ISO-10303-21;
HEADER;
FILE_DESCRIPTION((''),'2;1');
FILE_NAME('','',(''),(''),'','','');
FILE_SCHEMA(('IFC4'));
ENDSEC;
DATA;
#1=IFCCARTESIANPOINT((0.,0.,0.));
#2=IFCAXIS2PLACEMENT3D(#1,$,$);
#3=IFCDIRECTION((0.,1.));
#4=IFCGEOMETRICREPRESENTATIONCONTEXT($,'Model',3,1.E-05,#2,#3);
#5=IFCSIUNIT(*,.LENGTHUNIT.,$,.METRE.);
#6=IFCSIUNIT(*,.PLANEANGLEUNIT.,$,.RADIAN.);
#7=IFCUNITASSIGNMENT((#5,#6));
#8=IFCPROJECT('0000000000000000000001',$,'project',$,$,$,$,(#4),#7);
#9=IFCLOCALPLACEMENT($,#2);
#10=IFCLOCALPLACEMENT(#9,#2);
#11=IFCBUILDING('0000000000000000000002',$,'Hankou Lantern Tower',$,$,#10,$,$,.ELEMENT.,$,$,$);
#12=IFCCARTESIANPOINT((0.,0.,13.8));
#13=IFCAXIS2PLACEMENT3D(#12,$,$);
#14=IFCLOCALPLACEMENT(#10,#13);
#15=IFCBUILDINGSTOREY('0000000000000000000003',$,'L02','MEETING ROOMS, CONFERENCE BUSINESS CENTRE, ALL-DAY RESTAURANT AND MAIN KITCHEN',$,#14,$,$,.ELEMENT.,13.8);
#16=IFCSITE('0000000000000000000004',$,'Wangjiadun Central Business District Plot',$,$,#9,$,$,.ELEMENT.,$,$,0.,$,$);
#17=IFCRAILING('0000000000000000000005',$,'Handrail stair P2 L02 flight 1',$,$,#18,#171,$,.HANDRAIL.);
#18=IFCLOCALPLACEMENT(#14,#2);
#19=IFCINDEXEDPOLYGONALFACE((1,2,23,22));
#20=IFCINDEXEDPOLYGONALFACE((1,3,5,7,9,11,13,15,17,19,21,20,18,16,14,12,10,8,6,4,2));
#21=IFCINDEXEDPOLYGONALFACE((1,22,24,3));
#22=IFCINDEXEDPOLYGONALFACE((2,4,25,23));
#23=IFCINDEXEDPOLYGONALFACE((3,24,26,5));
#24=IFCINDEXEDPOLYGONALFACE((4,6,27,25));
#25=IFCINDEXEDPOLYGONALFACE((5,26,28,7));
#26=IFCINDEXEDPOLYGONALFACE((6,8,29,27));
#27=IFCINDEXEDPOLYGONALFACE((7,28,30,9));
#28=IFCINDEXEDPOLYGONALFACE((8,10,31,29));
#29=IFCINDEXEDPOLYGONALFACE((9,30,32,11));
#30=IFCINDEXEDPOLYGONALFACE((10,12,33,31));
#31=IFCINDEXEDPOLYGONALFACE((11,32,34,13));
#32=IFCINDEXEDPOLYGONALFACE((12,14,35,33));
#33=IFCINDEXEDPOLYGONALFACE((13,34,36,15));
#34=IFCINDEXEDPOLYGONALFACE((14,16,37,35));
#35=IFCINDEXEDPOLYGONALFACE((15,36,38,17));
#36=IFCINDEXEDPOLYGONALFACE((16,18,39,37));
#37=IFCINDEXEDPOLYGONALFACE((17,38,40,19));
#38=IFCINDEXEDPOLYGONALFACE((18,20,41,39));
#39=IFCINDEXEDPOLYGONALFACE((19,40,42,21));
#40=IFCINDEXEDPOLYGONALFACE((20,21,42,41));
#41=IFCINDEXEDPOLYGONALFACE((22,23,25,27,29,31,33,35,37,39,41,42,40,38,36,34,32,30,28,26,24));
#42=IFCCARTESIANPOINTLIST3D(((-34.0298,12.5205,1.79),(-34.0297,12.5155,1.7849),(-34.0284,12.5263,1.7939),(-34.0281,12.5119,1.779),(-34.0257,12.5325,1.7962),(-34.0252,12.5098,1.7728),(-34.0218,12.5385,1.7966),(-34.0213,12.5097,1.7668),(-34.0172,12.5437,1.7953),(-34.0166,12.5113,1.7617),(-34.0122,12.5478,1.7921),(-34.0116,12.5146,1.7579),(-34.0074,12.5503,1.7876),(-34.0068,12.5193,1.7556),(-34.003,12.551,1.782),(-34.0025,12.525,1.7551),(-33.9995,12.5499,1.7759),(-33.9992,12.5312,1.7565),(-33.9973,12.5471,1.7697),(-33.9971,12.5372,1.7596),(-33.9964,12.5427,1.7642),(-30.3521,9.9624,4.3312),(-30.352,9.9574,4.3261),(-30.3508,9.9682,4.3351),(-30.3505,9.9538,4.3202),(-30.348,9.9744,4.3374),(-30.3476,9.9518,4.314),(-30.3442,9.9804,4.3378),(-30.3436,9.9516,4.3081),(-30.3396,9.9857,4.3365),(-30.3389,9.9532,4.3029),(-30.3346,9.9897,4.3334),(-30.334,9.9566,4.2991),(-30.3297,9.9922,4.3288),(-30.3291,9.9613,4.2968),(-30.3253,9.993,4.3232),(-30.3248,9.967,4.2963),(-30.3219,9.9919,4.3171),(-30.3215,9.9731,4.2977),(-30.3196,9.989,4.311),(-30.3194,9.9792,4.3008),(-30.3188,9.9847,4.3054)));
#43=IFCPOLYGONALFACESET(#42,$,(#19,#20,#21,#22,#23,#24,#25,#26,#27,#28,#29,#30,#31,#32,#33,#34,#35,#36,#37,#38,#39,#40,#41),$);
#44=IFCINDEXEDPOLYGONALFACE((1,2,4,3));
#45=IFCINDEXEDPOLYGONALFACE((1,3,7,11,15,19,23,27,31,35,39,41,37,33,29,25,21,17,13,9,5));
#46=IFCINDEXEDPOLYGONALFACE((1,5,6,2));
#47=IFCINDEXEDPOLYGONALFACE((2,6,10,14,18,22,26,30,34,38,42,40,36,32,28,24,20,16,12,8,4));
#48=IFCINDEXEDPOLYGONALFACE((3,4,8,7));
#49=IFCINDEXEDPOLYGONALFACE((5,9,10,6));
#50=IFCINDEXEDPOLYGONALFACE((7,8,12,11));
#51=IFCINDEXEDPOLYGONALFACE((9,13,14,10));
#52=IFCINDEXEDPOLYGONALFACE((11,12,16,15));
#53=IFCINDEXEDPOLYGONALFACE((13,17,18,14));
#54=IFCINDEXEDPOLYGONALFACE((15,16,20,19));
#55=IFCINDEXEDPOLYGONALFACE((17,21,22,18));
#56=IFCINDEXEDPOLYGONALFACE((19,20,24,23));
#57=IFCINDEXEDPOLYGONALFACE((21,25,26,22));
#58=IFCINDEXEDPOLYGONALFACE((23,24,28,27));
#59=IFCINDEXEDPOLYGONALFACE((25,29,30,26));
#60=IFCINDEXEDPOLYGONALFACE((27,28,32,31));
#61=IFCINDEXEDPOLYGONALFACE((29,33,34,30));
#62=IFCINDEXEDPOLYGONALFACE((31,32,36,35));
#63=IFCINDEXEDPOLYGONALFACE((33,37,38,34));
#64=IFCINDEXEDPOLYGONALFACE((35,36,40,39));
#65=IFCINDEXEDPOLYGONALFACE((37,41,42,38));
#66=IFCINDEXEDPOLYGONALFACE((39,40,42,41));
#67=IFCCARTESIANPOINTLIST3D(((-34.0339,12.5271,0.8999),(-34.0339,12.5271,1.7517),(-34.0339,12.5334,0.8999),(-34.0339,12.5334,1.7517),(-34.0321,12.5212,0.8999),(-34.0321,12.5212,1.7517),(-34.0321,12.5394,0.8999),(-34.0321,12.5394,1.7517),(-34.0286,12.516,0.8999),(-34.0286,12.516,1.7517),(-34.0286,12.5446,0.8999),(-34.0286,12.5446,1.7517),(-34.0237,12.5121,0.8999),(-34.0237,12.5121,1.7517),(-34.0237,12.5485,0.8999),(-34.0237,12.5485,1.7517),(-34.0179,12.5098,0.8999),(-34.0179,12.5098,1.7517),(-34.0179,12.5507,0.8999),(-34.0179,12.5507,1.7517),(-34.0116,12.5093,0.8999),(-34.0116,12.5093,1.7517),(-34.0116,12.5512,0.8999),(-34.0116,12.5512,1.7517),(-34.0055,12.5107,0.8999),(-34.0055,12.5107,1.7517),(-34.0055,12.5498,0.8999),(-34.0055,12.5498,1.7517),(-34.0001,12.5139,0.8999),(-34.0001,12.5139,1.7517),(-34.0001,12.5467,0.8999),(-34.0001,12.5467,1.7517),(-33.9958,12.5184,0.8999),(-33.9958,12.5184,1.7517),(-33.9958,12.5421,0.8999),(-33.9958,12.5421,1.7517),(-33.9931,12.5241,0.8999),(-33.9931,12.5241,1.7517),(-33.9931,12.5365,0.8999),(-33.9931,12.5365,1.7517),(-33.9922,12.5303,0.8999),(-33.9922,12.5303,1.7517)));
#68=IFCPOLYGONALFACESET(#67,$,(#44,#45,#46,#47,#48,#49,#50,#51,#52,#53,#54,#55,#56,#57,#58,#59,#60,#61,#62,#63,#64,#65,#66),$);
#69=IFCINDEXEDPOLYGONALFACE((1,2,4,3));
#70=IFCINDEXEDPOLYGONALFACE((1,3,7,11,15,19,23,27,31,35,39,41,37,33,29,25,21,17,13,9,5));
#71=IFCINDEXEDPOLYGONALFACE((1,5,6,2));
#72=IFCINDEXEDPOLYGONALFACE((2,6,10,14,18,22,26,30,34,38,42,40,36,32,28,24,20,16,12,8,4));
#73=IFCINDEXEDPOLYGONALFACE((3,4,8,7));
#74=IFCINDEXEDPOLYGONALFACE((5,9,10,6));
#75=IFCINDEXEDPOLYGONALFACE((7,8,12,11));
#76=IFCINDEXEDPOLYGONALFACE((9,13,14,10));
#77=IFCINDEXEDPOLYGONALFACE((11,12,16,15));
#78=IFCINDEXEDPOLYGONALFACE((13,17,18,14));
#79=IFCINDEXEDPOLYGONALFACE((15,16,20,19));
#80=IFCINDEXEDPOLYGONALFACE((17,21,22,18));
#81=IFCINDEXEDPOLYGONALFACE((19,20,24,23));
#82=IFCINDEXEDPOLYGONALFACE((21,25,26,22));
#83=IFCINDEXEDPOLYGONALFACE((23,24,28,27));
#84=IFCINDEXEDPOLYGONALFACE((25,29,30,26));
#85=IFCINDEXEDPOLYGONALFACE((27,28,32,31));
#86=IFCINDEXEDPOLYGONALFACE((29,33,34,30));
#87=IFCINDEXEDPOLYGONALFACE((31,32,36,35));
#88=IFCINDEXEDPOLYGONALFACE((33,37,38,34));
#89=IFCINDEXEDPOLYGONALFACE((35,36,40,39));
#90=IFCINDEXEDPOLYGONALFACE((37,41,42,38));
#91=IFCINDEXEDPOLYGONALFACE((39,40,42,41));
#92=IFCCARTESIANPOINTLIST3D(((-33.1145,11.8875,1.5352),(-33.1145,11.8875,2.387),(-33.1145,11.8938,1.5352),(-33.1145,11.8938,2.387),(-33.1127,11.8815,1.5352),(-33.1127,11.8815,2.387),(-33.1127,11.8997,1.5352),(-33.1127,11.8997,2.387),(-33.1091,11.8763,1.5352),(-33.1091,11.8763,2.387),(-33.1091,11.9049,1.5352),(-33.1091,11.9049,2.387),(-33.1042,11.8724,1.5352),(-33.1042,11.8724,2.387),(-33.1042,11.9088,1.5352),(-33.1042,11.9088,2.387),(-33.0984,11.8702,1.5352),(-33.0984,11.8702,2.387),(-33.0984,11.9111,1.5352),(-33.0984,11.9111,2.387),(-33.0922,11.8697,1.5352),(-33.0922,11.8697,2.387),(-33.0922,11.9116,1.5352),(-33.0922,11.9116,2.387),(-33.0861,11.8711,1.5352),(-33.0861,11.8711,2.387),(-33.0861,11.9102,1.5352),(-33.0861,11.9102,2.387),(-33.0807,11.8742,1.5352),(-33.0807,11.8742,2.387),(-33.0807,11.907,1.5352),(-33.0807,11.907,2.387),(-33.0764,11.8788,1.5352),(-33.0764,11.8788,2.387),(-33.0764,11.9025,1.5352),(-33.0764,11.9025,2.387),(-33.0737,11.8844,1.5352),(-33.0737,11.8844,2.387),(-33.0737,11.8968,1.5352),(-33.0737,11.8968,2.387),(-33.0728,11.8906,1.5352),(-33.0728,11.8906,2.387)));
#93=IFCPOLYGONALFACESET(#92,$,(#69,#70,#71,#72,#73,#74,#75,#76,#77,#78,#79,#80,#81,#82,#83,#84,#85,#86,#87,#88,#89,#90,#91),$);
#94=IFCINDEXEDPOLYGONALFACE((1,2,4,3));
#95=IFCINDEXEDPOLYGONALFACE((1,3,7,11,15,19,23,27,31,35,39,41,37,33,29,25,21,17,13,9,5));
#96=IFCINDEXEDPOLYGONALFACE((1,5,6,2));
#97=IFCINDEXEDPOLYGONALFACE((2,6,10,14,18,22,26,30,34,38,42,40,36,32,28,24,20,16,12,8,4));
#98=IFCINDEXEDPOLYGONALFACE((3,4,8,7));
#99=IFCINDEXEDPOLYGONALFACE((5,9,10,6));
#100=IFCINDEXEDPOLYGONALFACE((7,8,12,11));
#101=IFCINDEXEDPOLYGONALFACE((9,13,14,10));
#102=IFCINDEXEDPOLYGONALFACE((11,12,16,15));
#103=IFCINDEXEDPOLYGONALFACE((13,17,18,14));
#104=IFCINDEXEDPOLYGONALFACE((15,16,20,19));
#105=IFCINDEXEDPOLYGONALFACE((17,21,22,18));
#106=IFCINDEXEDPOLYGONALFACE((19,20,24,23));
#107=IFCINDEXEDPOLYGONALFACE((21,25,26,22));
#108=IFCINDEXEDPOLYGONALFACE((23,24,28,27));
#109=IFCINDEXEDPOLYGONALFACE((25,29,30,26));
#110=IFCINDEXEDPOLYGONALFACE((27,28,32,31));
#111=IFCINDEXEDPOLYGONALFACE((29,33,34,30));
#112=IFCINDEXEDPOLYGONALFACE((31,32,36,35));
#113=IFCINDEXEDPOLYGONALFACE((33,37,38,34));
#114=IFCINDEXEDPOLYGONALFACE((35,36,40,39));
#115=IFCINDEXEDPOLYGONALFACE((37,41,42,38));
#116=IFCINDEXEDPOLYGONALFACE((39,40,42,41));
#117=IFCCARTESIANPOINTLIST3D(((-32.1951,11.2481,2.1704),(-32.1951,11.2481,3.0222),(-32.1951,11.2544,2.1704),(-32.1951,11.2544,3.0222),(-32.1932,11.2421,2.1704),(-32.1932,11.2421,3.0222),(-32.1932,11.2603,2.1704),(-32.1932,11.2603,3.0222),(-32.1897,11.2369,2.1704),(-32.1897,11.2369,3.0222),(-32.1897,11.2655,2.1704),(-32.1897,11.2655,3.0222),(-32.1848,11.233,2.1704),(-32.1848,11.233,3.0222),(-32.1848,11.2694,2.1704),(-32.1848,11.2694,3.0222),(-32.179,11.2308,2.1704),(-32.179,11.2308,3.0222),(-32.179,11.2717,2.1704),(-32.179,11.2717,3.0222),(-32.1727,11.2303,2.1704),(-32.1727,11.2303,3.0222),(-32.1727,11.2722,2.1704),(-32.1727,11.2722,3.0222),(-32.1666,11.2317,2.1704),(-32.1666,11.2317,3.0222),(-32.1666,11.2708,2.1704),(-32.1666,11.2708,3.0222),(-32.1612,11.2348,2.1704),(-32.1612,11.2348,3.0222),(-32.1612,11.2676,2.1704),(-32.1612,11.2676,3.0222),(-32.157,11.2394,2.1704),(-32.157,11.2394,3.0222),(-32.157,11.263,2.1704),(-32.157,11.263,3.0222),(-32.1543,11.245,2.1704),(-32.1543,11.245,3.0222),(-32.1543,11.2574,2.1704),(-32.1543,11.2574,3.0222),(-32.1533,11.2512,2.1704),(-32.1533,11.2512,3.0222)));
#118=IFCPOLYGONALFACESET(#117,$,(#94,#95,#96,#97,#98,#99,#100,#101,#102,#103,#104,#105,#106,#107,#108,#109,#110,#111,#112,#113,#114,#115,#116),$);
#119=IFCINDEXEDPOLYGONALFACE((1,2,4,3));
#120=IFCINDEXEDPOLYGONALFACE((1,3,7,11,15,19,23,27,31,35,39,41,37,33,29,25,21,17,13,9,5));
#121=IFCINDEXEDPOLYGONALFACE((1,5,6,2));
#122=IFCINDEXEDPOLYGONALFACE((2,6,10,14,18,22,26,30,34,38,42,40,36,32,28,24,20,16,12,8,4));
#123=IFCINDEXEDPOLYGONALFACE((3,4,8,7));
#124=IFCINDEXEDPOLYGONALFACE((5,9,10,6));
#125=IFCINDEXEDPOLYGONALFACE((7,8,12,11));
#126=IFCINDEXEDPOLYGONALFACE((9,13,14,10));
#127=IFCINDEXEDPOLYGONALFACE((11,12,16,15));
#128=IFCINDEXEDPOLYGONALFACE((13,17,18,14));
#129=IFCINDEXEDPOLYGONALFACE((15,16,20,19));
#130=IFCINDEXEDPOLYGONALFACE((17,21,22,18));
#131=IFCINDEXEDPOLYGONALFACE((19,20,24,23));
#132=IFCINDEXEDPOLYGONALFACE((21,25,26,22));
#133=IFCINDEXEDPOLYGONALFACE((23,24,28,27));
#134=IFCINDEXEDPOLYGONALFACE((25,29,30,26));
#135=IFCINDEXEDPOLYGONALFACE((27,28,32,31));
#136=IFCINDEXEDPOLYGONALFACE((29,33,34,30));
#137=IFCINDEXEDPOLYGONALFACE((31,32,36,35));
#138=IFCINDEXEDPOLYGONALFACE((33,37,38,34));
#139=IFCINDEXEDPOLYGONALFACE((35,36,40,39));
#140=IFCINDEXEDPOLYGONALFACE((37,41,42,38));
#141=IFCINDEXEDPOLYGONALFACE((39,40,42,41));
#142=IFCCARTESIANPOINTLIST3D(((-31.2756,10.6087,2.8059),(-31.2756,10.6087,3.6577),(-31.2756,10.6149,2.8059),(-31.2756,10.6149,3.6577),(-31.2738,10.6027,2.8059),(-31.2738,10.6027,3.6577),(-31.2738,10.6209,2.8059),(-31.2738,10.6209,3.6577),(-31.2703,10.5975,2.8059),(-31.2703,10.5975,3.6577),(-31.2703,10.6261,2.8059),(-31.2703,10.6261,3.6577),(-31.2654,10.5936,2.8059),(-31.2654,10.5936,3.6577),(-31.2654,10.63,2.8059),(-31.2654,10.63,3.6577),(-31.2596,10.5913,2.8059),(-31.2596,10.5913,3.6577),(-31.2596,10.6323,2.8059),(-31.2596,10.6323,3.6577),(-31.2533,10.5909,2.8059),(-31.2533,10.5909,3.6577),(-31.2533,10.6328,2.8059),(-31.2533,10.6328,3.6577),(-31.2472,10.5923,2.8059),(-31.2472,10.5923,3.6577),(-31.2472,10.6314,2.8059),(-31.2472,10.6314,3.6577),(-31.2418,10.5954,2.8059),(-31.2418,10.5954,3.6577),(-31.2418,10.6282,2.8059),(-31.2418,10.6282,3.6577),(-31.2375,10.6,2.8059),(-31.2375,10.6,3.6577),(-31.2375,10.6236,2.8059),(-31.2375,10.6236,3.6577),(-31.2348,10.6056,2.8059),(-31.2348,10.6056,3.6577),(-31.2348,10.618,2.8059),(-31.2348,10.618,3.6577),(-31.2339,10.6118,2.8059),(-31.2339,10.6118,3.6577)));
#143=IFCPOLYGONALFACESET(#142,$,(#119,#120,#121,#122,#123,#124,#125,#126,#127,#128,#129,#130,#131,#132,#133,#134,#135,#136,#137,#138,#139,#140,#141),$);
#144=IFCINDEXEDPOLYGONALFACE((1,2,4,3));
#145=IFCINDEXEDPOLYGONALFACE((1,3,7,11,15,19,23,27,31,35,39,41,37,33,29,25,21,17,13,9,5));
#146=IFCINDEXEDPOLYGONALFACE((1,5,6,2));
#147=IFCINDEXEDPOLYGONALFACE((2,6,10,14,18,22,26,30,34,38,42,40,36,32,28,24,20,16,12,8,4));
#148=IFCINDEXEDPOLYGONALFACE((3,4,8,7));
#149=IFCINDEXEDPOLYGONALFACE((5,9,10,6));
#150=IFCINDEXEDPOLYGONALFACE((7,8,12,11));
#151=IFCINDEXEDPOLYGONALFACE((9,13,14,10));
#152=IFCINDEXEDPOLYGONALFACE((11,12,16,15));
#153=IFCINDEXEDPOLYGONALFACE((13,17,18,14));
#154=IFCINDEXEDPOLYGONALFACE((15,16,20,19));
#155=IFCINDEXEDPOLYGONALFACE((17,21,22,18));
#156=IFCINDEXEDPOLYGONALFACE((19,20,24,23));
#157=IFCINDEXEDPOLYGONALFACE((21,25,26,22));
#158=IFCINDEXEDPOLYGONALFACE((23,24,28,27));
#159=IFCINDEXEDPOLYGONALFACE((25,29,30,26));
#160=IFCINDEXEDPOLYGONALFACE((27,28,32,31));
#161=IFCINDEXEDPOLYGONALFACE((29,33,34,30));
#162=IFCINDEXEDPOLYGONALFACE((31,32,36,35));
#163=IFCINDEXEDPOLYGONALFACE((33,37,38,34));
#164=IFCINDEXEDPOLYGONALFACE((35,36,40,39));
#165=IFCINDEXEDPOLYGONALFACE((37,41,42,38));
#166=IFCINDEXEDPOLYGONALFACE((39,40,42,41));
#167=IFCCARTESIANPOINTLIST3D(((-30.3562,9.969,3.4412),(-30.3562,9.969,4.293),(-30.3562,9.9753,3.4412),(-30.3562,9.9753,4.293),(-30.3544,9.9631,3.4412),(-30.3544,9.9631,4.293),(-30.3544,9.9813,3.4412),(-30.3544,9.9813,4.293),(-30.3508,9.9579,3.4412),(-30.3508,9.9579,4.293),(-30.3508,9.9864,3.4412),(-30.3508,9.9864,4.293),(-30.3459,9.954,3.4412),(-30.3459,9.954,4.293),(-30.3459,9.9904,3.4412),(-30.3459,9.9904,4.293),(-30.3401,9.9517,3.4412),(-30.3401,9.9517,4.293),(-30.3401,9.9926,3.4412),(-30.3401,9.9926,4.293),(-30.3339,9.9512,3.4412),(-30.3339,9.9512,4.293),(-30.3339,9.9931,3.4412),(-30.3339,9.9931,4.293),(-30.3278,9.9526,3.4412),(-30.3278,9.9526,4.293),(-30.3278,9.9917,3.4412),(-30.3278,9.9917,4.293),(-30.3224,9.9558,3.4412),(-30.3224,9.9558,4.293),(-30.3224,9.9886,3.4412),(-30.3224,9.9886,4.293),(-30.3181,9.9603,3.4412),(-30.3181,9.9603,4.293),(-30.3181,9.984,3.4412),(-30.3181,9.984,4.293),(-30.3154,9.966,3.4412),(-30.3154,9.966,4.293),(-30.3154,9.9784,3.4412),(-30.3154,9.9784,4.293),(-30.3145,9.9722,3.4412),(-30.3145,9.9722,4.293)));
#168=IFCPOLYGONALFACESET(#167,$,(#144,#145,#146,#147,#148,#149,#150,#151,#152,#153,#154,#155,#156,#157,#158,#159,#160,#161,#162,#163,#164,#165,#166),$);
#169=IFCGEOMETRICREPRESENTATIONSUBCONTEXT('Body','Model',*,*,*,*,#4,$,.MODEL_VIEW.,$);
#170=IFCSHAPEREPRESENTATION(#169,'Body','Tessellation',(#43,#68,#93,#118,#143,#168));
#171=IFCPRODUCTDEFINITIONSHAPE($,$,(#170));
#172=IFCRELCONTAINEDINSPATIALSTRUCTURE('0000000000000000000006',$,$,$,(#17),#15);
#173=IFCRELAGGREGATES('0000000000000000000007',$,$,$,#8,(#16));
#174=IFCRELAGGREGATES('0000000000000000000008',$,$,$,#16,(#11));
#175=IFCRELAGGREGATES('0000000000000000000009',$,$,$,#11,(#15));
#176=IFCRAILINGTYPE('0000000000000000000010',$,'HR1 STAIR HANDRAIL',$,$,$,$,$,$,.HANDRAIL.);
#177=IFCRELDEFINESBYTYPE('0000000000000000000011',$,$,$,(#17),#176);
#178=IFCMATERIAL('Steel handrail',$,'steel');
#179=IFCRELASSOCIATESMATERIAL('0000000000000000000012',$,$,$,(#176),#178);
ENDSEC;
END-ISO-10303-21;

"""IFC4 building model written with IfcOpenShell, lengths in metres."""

from ifc_helpers import new_model, si_unit, direction, frame, origin, origin_2d, place, context, subcontext, project, spatial, circle, extrude, material, type_object, element, save


model = new_model("IFC4")

# Units and contexts
model_context = context("Model", 3, precision=1e-05, world=origin(), true_north=direction((0.0, 1.0)))
body_context = subcontext(model_context, "Body", "Model", "MODEL_VIEW")
ifc_project = project(units=[si_unit("LENGTHUNIT", "METRE"), si_unit("PLANEANGLEUNIT", "RADIAN")], contexts=[model_context])

# Site, building, storey
site_placement = place(None, origin())
site = spatial("IfcSite", under=ifc_project, at=site_placement, Name="Wangjiadun Central Business District Plot", CompositionType="ELEMENT", RefElevation=0.0)
building_placement = place(site_placement, origin())
building = spatial("IfcBuilding", under=site, at=building_placement, Name="Hankou Lantern Tower", CompositionType="ELEMENT")
storey_placement = place(building_placement, frame((0.0, 0.0, 13.8)))
storey = spatial("IfcBuildingStorey", under=building, at=storey_placement, Name="L02", Description="MEETING ROOMS, CONFERENCE BUSINESS CENTRE, ALL-DAY RESTAURANT AND MAIN KITCHEN", CompositionType="ELEMENT", Elevation=13.8)

# Railing
ifc_material_1 = material(Name="Steel handrail", Category="steel")
railing_type = type_object("IfcRailingType", Name="HR1 STAIR HANDRAIL", PredefinedType="HANDRAIL", material=ifc_material_1)
railing_1_placement = place(storey_placement, frame((-34.0132, 12.5303, 0.8999)))
element("IfcRailing", 1, at=railing_1_placement, inside=storey, type_object=railing_type, Name="Handrail stair P2 L02 flight 1", PredefinedType="HANDRAIL", context=body_context, shape_type="SweptSolid", body=[
    extrude(circle(Radius=0.0239, at=origin_2d()), frame((0.0, 0.0, 0.876), z_axis=(0.714054, -0.496671, 0.493401), x_axis=(0.571017, 0.820939, 0.0)), (0.0, 0.0, 1.0), 5.1504),
    extrude(circle(Radius=0.021, at=origin_2d()), origin(), (0.0, 0.0, 1.0), 0.8518),
    extrude(circle(Radius=0.021, at=origin_2d()), frame((0.9194, -0.6396, 0.6353)), (0.0, 0.0, 1.0), 0.8518),
    extrude(circle(Radius=0.021, at=origin_2d()), frame((1.8389, -1.2791, 1.2705)), (0.0, 0.0, 1.0), 0.8518),
    extrude(circle(Radius=0.021, at=origin_2d()), frame((2.7583, -1.9185, 1.906)), (0.0, 0.0, 1.0), 0.8518),
    extrude(circle(Radius=0.021, at=origin_2d()), frame((3.6777, -2.5581, 2.5413)), (0.0, 0.0, 1.0), 0.8518),
])

save(model, "model.ifc")
